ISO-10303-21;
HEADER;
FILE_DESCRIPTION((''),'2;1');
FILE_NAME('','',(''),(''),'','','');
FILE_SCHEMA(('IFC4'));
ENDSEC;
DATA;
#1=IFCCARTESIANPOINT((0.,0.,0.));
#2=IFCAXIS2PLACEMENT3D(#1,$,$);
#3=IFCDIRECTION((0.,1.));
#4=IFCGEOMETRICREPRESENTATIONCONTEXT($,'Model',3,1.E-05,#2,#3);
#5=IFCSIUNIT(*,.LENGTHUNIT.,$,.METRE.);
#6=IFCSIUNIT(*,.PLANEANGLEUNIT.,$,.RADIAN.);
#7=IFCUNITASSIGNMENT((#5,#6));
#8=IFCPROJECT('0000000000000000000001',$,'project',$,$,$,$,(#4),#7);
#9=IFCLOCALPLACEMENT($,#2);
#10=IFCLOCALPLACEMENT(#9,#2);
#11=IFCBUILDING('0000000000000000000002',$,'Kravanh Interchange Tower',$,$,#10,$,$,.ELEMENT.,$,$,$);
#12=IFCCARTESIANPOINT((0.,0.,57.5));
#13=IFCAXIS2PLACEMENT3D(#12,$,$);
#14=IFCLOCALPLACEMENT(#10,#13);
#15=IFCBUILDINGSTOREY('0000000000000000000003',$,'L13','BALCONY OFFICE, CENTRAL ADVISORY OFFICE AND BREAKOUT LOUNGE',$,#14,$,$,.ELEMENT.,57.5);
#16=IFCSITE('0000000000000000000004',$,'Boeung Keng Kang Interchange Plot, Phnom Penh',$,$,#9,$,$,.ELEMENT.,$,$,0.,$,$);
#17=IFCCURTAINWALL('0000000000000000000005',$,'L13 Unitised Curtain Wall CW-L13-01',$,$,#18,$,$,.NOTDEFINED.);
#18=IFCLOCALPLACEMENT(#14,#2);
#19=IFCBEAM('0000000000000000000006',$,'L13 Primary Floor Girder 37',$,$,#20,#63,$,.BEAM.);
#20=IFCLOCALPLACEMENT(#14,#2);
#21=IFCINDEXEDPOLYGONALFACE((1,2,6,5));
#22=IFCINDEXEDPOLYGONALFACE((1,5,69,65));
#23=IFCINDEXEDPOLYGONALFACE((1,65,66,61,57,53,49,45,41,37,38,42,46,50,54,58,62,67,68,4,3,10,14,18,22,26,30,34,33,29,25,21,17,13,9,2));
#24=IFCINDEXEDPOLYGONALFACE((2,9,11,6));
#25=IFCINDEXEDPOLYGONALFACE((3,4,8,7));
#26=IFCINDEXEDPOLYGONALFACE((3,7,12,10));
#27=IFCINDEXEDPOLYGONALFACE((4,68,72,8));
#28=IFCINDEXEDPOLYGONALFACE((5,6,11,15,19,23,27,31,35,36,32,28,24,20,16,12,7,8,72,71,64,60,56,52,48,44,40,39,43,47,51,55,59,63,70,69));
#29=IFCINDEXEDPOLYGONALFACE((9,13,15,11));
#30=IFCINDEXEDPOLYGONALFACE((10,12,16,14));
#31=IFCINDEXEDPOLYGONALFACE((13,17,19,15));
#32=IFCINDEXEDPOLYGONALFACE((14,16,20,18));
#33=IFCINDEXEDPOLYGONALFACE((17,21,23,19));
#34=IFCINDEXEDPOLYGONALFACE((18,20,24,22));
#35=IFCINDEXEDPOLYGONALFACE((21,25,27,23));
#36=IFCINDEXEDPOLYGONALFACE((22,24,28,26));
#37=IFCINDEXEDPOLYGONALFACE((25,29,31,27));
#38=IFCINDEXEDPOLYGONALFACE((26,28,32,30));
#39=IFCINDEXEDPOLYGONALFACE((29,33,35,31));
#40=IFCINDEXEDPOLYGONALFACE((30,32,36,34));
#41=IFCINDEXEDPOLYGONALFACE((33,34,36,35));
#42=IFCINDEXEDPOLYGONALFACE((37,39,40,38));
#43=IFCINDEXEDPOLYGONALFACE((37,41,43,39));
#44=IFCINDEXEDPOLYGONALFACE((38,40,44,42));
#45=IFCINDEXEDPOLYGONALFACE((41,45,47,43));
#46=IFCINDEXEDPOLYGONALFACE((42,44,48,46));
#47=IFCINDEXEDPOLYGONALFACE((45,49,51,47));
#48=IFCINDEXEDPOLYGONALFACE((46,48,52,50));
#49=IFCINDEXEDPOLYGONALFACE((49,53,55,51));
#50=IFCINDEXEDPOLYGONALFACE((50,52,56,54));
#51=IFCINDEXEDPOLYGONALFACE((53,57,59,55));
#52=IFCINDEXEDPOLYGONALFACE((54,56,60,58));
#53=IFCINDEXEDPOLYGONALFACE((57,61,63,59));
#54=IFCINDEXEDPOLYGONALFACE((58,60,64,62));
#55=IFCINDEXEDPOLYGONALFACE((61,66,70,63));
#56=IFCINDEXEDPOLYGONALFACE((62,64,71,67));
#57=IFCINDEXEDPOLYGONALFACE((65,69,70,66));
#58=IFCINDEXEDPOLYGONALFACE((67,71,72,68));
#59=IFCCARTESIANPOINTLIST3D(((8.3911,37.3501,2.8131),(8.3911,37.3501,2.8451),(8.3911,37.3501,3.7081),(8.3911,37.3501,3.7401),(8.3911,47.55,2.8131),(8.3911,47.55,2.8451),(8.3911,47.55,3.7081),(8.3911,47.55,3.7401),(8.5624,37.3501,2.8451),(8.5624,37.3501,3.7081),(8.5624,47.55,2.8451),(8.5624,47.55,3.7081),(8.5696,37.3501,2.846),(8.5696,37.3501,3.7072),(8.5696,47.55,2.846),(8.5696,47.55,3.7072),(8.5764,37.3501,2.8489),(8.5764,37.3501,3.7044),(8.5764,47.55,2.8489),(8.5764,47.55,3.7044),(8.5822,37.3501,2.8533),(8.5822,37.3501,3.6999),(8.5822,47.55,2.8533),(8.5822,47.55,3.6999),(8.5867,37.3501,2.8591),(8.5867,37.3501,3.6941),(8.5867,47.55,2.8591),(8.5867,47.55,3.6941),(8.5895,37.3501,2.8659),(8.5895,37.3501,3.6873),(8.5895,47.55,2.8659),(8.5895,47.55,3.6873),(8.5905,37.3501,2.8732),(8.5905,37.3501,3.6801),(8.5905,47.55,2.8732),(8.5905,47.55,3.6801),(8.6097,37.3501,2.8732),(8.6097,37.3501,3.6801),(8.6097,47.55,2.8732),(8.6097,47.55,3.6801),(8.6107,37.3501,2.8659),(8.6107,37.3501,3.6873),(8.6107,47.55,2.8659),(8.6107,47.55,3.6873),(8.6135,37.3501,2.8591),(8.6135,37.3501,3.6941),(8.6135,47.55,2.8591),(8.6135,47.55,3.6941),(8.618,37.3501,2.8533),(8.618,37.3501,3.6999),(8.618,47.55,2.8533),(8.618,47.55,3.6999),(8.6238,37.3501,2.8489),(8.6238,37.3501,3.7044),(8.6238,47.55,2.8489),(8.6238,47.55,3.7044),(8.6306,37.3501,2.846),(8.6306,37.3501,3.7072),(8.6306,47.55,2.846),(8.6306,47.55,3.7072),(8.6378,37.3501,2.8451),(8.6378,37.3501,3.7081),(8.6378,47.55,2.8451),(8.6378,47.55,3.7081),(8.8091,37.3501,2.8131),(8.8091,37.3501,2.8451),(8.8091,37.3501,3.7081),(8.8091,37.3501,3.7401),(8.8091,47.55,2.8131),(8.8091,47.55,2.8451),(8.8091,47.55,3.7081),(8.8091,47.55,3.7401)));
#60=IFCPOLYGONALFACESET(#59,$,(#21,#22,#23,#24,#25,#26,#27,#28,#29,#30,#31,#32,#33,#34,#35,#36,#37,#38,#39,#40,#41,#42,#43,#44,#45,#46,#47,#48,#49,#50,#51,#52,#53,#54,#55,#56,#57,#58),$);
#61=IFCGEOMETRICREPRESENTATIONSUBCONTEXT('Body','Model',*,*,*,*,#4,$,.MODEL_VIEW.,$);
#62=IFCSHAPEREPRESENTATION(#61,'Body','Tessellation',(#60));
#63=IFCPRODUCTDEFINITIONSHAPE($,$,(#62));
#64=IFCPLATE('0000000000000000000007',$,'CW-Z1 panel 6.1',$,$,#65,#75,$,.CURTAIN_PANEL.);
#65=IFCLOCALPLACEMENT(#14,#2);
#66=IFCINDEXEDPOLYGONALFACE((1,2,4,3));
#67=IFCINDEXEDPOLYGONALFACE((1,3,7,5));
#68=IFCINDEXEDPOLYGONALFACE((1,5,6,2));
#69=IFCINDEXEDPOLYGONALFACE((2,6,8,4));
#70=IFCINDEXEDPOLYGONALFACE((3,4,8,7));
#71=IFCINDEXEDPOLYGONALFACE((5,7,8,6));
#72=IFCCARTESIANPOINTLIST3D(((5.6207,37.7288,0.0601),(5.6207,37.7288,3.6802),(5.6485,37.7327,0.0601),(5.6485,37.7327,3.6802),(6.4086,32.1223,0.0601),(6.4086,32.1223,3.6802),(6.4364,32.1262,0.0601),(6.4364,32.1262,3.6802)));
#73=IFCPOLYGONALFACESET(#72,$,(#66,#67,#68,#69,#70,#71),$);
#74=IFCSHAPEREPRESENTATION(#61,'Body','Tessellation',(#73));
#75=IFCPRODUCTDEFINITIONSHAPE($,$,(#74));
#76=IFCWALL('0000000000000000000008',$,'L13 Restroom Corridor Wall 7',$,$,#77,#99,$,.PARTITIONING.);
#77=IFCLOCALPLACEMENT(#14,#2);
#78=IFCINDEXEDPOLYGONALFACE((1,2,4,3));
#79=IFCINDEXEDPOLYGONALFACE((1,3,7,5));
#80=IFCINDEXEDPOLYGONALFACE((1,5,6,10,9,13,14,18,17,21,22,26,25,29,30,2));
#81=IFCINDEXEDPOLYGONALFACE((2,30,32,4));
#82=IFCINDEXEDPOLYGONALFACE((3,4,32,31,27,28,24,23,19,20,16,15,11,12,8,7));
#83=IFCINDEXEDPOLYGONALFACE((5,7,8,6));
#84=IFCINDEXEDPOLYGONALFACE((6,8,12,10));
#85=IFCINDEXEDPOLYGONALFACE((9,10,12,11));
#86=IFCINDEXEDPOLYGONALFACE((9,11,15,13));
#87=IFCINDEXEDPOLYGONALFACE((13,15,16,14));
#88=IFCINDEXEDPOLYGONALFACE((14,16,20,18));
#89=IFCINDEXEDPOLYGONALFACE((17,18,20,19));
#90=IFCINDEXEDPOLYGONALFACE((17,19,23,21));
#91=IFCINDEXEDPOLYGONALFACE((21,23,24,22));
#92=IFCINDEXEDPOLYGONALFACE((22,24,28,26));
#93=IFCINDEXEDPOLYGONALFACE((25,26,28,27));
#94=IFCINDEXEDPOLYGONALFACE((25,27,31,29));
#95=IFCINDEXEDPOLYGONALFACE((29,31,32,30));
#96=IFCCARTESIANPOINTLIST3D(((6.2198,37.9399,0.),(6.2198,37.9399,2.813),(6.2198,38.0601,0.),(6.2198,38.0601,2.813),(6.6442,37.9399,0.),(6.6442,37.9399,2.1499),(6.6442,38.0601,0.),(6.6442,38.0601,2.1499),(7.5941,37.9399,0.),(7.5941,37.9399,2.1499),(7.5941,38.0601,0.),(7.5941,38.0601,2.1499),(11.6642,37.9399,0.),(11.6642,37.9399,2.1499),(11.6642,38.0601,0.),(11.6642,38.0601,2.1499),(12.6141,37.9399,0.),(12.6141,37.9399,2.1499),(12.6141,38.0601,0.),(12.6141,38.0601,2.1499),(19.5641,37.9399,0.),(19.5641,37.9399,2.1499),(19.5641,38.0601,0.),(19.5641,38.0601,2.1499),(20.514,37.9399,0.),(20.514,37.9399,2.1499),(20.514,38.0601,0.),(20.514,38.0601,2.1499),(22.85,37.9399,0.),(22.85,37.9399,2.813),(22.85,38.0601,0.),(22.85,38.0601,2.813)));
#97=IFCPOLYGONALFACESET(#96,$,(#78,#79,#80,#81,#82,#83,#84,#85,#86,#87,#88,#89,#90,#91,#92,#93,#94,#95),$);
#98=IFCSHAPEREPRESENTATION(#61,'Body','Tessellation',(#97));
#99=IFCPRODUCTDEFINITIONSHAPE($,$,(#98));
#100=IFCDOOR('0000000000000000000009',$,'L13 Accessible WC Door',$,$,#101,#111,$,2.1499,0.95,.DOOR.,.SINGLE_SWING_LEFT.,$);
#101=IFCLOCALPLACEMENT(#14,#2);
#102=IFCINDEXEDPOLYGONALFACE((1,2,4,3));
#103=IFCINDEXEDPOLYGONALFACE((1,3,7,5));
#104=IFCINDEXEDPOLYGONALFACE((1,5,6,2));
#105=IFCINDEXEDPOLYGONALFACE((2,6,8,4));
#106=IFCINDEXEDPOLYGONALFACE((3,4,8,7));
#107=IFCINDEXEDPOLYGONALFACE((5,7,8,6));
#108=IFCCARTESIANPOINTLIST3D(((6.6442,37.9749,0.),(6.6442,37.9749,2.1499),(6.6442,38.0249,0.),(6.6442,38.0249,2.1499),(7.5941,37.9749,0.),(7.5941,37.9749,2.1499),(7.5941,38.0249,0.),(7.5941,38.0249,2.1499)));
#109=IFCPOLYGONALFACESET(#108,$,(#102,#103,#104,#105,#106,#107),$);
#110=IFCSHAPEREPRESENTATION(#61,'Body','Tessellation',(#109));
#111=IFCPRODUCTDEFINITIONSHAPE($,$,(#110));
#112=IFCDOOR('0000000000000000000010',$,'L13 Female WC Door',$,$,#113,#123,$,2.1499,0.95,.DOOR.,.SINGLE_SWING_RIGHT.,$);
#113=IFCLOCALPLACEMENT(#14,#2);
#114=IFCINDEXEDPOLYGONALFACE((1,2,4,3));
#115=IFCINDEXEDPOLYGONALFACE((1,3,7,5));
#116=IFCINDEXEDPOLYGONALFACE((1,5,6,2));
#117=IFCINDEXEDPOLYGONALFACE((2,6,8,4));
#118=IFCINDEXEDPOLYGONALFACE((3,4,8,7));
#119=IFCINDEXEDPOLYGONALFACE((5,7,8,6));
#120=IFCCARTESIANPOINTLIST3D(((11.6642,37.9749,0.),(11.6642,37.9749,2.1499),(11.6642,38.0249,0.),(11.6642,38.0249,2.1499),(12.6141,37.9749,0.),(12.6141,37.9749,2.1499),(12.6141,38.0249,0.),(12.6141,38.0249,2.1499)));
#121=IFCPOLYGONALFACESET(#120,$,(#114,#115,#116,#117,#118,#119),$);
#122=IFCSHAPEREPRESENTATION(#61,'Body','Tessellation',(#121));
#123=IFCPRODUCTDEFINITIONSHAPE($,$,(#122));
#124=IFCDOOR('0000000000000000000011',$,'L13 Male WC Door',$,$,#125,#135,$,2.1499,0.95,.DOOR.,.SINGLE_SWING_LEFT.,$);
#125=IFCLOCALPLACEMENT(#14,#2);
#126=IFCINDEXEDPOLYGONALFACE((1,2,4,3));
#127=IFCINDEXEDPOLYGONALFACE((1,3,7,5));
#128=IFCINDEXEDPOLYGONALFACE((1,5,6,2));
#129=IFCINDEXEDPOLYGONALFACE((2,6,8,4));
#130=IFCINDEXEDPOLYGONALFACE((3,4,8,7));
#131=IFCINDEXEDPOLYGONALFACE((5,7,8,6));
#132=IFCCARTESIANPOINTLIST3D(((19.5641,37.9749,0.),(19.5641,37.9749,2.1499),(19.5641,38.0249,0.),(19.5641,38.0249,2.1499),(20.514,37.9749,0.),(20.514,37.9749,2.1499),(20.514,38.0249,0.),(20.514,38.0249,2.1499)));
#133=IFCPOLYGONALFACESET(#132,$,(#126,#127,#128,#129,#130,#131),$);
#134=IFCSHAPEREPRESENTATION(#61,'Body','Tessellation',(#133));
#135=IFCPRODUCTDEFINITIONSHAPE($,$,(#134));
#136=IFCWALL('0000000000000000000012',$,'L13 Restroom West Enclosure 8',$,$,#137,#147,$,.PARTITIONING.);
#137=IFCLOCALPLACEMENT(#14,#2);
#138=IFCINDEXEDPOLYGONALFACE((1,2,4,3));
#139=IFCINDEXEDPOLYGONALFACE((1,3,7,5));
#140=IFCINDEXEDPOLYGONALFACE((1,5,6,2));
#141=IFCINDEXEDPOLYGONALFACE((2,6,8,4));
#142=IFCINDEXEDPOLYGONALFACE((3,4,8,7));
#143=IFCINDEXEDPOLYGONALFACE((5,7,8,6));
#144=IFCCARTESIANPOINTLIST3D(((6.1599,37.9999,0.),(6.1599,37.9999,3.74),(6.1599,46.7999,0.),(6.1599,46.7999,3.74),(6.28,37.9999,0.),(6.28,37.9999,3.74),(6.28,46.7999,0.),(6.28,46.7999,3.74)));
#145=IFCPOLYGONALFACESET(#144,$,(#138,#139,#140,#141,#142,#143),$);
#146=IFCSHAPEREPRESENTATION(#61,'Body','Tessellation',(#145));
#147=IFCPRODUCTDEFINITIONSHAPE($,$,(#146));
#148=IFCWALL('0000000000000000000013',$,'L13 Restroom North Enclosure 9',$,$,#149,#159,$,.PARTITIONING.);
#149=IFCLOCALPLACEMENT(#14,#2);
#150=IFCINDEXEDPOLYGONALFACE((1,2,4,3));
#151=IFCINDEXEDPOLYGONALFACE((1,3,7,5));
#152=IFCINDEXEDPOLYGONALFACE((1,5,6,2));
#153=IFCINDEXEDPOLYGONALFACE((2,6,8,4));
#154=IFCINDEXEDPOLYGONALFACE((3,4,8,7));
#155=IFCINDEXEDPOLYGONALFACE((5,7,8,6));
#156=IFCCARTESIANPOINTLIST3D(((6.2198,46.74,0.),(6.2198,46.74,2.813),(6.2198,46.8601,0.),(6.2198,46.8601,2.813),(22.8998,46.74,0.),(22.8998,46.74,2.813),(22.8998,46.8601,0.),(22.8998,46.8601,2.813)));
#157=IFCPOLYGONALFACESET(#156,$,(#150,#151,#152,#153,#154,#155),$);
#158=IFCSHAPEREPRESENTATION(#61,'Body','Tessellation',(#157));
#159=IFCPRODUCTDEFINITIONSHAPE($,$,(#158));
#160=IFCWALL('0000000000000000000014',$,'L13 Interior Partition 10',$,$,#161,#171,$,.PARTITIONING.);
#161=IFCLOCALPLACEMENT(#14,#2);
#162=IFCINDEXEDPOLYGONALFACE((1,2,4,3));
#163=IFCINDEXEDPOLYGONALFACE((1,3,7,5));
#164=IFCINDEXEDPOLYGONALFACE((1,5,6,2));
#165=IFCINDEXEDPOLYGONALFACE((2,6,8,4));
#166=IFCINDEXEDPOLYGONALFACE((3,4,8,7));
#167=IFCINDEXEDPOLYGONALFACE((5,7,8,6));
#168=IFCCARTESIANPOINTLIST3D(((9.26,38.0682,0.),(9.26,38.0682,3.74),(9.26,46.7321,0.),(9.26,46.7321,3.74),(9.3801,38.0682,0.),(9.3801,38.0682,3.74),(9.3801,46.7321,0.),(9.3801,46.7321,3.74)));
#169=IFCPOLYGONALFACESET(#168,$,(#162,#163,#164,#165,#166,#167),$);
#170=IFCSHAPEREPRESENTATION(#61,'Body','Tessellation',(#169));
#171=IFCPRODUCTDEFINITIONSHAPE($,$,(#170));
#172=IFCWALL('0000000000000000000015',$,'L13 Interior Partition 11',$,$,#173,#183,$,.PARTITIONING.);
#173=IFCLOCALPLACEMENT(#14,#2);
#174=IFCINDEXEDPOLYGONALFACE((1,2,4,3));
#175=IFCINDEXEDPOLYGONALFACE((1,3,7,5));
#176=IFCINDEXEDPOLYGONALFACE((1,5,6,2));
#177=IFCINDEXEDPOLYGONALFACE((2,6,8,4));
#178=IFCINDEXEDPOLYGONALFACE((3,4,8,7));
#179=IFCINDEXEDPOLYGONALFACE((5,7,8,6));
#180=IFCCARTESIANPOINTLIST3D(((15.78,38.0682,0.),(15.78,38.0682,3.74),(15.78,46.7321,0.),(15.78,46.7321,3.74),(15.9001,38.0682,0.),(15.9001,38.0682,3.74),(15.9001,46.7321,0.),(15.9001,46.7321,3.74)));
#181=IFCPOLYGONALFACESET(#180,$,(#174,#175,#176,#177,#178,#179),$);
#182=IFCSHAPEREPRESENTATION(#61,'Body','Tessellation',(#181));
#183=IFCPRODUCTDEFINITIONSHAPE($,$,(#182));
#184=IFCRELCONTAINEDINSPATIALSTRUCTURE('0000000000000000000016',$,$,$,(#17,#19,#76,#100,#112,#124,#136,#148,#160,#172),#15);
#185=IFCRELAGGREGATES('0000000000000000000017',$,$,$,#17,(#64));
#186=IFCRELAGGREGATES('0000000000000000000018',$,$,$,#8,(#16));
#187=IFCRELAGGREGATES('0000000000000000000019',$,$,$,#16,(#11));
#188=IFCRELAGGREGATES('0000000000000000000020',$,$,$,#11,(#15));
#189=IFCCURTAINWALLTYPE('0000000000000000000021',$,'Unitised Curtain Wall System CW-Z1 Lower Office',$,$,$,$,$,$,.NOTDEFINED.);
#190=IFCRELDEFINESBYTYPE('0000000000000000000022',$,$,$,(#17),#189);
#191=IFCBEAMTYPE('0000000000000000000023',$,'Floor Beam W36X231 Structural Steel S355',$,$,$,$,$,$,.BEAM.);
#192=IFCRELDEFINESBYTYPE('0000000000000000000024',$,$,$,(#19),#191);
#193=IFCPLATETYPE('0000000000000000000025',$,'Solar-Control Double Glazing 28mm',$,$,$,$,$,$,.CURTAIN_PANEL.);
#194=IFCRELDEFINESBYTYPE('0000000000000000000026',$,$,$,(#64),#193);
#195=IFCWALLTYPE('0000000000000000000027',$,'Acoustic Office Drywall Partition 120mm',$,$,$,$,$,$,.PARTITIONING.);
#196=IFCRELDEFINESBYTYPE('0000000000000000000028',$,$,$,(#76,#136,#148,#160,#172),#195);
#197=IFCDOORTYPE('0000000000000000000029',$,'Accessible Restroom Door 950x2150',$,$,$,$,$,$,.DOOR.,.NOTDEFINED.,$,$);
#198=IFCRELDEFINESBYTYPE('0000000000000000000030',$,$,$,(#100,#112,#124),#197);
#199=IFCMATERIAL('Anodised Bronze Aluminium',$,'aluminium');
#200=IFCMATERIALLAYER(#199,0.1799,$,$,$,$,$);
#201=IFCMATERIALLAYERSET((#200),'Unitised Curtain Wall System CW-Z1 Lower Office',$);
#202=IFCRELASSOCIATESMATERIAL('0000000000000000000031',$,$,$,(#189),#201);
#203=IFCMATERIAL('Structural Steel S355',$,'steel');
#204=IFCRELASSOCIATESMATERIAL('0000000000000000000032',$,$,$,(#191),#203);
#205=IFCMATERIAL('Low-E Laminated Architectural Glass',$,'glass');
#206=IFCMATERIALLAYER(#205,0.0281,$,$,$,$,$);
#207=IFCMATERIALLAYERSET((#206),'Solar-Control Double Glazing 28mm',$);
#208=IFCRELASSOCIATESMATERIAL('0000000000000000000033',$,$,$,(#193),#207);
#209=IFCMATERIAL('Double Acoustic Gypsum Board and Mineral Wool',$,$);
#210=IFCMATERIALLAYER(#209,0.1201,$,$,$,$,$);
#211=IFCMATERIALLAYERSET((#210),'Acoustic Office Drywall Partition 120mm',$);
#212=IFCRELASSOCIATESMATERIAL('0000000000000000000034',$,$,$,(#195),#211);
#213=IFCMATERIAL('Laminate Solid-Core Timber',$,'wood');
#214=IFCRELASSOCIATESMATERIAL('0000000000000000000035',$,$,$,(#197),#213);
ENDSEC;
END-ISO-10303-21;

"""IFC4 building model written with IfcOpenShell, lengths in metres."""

from ifc_helpers import new_model, si_unit, direction, frame, frame_2d, origin, origin_2d, place, context, subcontext, project, spatial, rectangle, i_section, extrude, material, layer, layer_set, material_profile, profile_set, type_object, element, fill, aggregate, save


model = new_model("IFC4")

# Units and contexts
model_context = context("Model", 3, precision=1e-05, world=origin(), true_north=direction((0.0, 1.0)))
body_context = subcontext(model_context, "Body", "Model", "MODEL_VIEW")
ifc_project = project(units=[si_unit("LENGTHUNIT", "METRE"), si_unit("PLANEANGLEUNIT", "RADIAN")], contexts=[model_context])

# Site, building, storey
site_placement = place(None, origin())
site = spatial("IfcSite", under=ifc_project, at=site_placement, Name="Boeung Keng Kang Interchange Plot, Phnom Penh", CompositionType="ELEMENT", RefElevation=0.0)
building_placement = place(site_placement, origin())
building = spatial("IfcBuilding", under=site, at=building_placement, Name="Kravanh Interchange Tower", CompositionType="ELEMENT")
storey_placement = place(building_placement, frame((0.0, 0.0, 57.5)))
storey = spatial("IfcBuildingStorey", under=building, at=storey_placement, Name="L13", Description="BALCONY OFFICE, CENTRAL ADVISORY OFFICE AND BREAKOUT LOUNGE", CompositionType="ELEMENT", Elevation=57.5)

# Curtain wall
ifc_material_1 = material(Name="Anodised Bronze Aluminium", Category="aluminium")
ifc_layer_1 = layer(ifc_material_1, 0.1799)
ifc_layer_set_1 = layer_set([ifc_layer_1], Name="Unitised Curtain Wall System CW-Z1 Lower Office")
curtain_wall_type = type_object("IfcCurtainWallType", Name="Unitised Curtain Wall System CW-Z1 Lower Office", PredefinedType="NOTDEFINED", material=ifc_layer_set_1)
curtain_wall_placement = place(storey_placement, origin())
curtain_wall = element("IfcCurtainWall", 1, at=curtain_wall_placement, inside=storey, type_object=curtain_wall_type, Name="L13 Unitised Curtain Wall CW-L13-01", PredefinedType="NOTDEFINED")

# Beam
ifc_material_2 = material(Name="Structural Steel S355", Category="steel")
ifc_material_profile_1 = material_profile(ifc_material_2, i_section(OverallWidth=0.418, OverallDepth=0.927, WebThickness=0.0193, FlangeThickness=0.032, FilletRadius=0.0281, at=origin_2d()), Name="W36X231")
ifc_profile_set_1 = profile_set([ifc_material_profile_1], Name="Structural Steel S355")
beam_type = type_object("IfcBeamType", Name="Floor Beam W36X231 Structural Steel S355", PredefinedType="BEAM", material=ifc_profile_set_1)
beam_1_placement = place(storey_placement, frame((8.6001, 37.3501, 3.2766), z_axis=(0.0, 1.0, 0.0), x_axis=(-1.0, 0.0, 0.0)))
element("IfcBeam", 2, at=beam_1_placement, inside=storey, type_object=beam_type, Name="L13 Primary Floor Girder 37", PredefinedType="BEAM", context=body_context, shape_type="SweptSolid", body=[
    extrude(i_section(OverallWidth=0.418, OverallDepth=0.927, WebThickness=0.0193, FlangeThickness=0.032, FilletRadius=0.0281, at=origin_2d()), origin(), (0.0, 0.0, 1.0), 10.2),
])

# Plate
ifc_material_3 = material(Name="Low-E Laminated Architectural Glass", Category="glass")
ifc_layer_2 = layer(ifc_material_3, 0.0281)
ifc_layer_set_2 = layer_set([ifc_layer_2], Name="Solar-Control Double Glazing 28mm")
plate_type = type_object("IfcPlateType", Name="Solar-Control Double Glazing 28mm", PredefinedType="CURTAIN_PANEL", material=ifc_layer_set_2)
plate_placement = place(storey_placement, frame((6.0286, 34.9275, 0.0601), z_axis=(0.0, 0.0, 1.0), x_axis=(-0.139177, 0.990268, 0.0)))
plate = element("IfcPlate", 3, at=plate_placement, type_object=plate_type, Name="CW-Z1 panel 6.1", PredefinedType="CURTAIN_PANEL", context=body_context, shape_type="SweptSolid", body=[
    extrude(rectangle(XDim=5.6616, YDim=0.0281, at=origin_2d()), origin(), (0.0, 0.0, 1.0), 3.6201),
])
aggregate(curtain_wall, [plate])

# Wall, openings, doors
ifc_material_4 = material(Name="Double Acoustic Gypsum Board and Mineral Wool")
ifc_layer_3 = layer(ifc_material_4, 0.1201)
ifc_layer_set_3 = layer_set([ifc_layer_3], Name="Acoustic Office Drywall Partition 120mm")
wall_type_1 = type_object("IfcWallType", Name="Acoustic Office Drywall Partition 120mm", PredefinedType="PARTITIONING", material=ifc_layer_set_3)
wall_1_placement = place(storey_placement, frame((6.22, 38.0, 0.0), z_axis=(0.0, 0.0, 1.0), x_axis=(1.0, 0.0, 0.0)))
wall_1 = element("IfcWall", 4, at=wall_1_placement, inside=storey, type_object=wall_type_1, Name="L13 Restroom Corridor Wall 7", PredefinedType="PARTITIONING", context=body_context, shape_type="SweptSolid", body=[
    extrude(rectangle(XDim=16.6301, YDim=0.1201, at=frame_2d((8.3149, 0.0))), origin(), (0.0, 0.0, 1.0), 2.813),
])
opening_1_placement = place(wall_1_placement, frame((0.4241, 0.0, 0.0)))
opening_1 = element("IfcOpeningElement", 5, at=opening_1_placement, cuts=wall_1, PredefinedType="OPENING", context=body_context, shape_type="SweptSolid", body=[
    extrude(rectangle(XDim=0.95, YDim=2.1499, at=frame_2d((0.4751, 1.075))), frame((0.0, 0.0701, 0.0), z_axis=(0.0, -1.0, 0.0), x_axis=(1.0, 0.0, 0.0)), (0.0, 0.0, 1.0), 0.1401),
])
opening_2_placement = place(wall_1_placement, frame((5.4441, 0.0, 0.0)))
opening_2 = element("IfcOpeningElement", 6, at=opening_2_placement, cuts=wall_1, PredefinedType="OPENING", context=body_context, shape_type="SweptSolid", body=[
    extrude(rectangle(XDim=0.95, YDim=2.1499, at=frame_2d((0.4751, 1.075))), frame((0.0, 0.0701, 0.0), z_axis=(0.0, -1.0, 0.0), x_axis=(1.0, 0.0, 0.0)), (0.0, 0.0, 1.0), 0.1401),
])
opening_3_placement = place(wall_1_placement, frame((13.344, 0.0, 0.0)))
opening_3 = element("IfcOpeningElement", 7, at=opening_3_placement, cuts=wall_1, PredefinedType="OPENING", context=body_context, shape_type="SweptSolid", body=[
    extrude(rectangle(XDim=0.95, YDim=2.1499, at=frame_2d((0.4751, 1.075))), frame((0.0, 0.0701, 0.0), z_axis=(0.0, -1.0, 0.0), x_axis=(1.0, 0.0, 0.0)), (0.0, 0.0, 1.0), 0.1401),
])
ifc_material_5 = material(Name="Laminate Solid-Core Timber", Category="wood")
door_type = type_object("IfcDoorType", Name="Accessible Restroom Door 950x2150", OperationType="NOTDEFINED", PredefinedType="DOOR", material=ifc_material_5)
door_1_placement = place(opening_1_placement, origin())
door_1 = element("IfcDoor", 8, at=door_1_placement, inside=storey, type_object=door_type, Name="L13 Accessible WC Door", OperationType="SINGLE_SWING_LEFT", OverallHeight=2.1499, OverallWidth=0.95, PredefinedType="DOOR", context=body_context, shape_type="SweptSolid", body=[
    extrude(rectangle(XDim=0.95, YDim=2.1499, at=frame_2d((0.4751, 1.075))), frame((0.0, 0.0249, 0.0), z_axis=(0.0, -1.0, 0.0), x_axis=(1.0, 0.0, 0.0)), (0.0, 0.0, 1.0), 0.05),
])
fill(opening_1, door_1)
door_2_placement = place(opening_2_placement, origin())
door_2 = element("IfcDoor", 9, at=door_2_placement, inside=storey, type_object=door_type, Name="L13 Female WC Door", OperationType="SINGLE_SWING_RIGHT", OverallHeight=2.1499, OverallWidth=0.95, PredefinedType="DOOR", context=body_context, shape_type="SweptSolid", body=[
    extrude(rectangle(XDim=0.95, YDim=2.1499, at=frame_2d((0.4751, 1.075))), frame((0.0, 0.0249, 0.0), z_axis=(0.0, -1.0, 0.0), x_axis=(1.0, 0.0, 0.0)), (0.0, 0.0, 1.0), 0.05),
])
fill(opening_2, door_2)
door_3_placement = place(opening_3_placement, origin())
door_3 = element("IfcDoor", 10, at=door_3_placement, inside=storey, type_object=door_type, Name="L13 Male WC Door", OperationType="SINGLE_SWING_LEFT", OverallHeight=2.1499, OverallWidth=0.95, PredefinedType="DOOR", context=body_context, shape_type="SweptSolid", body=[
    extrude(rectangle(XDim=0.95, YDim=2.1499, at=frame_2d((0.4751, 1.075))), frame((0.0, 0.0249, 0.0), z_axis=(0.0, -1.0, 0.0), x_axis=(1.0, 0.0, 0.0)), (0.0, 0.0, 1.0), 0.05),
])
fill(opening_3, door_3)

# Walls
wall_2_placement = place(storey_placement, frame((6.22, 38.0, 0.0), z_axis=(0.0, 0.0, 1.0), x_axis=(0.0, 1.0, 0.0)))
element("IfcWall", 11, at=wall_2_placement, inside=storey, type_object=wall_type_1, Name="L13 Restroom West Enclosure 8", PredefinedType="PARTITIONING", context=body_context, shape_type="SweptSolid", body=[
    extrude(rectangle(XDim=8.8, YDim=0.1201, at=frame_2d((4.3999, 0.0))), origin(), (0.0, 0.0, 1.0), 3.74),
])
wall_3_placement = place(storey_placement, frame((6.22, 46.8, 0.0), z_axis=(0.0, 0.0, 1.0), x_axis=(1.0, 0.0, 0.0)))
element("IfcWall", 12, at=wall_3_placement, inside=storey, type_object=wall_type_1, Name="L13 Restroom North Enclosure 9", PredefinedType="PARTITIONING", context=body_context, shape_type="SweptSolid", body=[
    extrude(rectangle(XDim=16.6799, YDim=0.1201, at=frame_2d((8.3398, 0.0))), origin(), (0.0, 0.0, 1.0), 2.813),
])
for number, where, z_axis, x_axis, name in (
    (13, (9.3201, 38.0681, 0.0), (0.0, 0.0, 1.0), (0.0, 1.0, 0.0), "L13 Interior Partition 10"),
    (14, (15.8401, 38.0681, 0.0), (0.0, 0.0, 1.0), (0.0, 1.0, 0.0), "L13 Interior Partition 11"),
):
    element("IfcWall", number, at=place(storey_placement, frame(where, z_axis=z_axis, x_axis=x_axis)), inside=storey, type_object=wall_type_1, Name=name, PredefinedType="PARTITIONING", context=body_context, shape_type="SweptSolid", body=[
        extrude(rectangle(XDim=8.6638, YDim=0.1201, at=frame_2d((4.332, 0.0))), origin(), (0.0, 0.0, 1.0), 3.74),
    ])

save(model, "model.ifc")
